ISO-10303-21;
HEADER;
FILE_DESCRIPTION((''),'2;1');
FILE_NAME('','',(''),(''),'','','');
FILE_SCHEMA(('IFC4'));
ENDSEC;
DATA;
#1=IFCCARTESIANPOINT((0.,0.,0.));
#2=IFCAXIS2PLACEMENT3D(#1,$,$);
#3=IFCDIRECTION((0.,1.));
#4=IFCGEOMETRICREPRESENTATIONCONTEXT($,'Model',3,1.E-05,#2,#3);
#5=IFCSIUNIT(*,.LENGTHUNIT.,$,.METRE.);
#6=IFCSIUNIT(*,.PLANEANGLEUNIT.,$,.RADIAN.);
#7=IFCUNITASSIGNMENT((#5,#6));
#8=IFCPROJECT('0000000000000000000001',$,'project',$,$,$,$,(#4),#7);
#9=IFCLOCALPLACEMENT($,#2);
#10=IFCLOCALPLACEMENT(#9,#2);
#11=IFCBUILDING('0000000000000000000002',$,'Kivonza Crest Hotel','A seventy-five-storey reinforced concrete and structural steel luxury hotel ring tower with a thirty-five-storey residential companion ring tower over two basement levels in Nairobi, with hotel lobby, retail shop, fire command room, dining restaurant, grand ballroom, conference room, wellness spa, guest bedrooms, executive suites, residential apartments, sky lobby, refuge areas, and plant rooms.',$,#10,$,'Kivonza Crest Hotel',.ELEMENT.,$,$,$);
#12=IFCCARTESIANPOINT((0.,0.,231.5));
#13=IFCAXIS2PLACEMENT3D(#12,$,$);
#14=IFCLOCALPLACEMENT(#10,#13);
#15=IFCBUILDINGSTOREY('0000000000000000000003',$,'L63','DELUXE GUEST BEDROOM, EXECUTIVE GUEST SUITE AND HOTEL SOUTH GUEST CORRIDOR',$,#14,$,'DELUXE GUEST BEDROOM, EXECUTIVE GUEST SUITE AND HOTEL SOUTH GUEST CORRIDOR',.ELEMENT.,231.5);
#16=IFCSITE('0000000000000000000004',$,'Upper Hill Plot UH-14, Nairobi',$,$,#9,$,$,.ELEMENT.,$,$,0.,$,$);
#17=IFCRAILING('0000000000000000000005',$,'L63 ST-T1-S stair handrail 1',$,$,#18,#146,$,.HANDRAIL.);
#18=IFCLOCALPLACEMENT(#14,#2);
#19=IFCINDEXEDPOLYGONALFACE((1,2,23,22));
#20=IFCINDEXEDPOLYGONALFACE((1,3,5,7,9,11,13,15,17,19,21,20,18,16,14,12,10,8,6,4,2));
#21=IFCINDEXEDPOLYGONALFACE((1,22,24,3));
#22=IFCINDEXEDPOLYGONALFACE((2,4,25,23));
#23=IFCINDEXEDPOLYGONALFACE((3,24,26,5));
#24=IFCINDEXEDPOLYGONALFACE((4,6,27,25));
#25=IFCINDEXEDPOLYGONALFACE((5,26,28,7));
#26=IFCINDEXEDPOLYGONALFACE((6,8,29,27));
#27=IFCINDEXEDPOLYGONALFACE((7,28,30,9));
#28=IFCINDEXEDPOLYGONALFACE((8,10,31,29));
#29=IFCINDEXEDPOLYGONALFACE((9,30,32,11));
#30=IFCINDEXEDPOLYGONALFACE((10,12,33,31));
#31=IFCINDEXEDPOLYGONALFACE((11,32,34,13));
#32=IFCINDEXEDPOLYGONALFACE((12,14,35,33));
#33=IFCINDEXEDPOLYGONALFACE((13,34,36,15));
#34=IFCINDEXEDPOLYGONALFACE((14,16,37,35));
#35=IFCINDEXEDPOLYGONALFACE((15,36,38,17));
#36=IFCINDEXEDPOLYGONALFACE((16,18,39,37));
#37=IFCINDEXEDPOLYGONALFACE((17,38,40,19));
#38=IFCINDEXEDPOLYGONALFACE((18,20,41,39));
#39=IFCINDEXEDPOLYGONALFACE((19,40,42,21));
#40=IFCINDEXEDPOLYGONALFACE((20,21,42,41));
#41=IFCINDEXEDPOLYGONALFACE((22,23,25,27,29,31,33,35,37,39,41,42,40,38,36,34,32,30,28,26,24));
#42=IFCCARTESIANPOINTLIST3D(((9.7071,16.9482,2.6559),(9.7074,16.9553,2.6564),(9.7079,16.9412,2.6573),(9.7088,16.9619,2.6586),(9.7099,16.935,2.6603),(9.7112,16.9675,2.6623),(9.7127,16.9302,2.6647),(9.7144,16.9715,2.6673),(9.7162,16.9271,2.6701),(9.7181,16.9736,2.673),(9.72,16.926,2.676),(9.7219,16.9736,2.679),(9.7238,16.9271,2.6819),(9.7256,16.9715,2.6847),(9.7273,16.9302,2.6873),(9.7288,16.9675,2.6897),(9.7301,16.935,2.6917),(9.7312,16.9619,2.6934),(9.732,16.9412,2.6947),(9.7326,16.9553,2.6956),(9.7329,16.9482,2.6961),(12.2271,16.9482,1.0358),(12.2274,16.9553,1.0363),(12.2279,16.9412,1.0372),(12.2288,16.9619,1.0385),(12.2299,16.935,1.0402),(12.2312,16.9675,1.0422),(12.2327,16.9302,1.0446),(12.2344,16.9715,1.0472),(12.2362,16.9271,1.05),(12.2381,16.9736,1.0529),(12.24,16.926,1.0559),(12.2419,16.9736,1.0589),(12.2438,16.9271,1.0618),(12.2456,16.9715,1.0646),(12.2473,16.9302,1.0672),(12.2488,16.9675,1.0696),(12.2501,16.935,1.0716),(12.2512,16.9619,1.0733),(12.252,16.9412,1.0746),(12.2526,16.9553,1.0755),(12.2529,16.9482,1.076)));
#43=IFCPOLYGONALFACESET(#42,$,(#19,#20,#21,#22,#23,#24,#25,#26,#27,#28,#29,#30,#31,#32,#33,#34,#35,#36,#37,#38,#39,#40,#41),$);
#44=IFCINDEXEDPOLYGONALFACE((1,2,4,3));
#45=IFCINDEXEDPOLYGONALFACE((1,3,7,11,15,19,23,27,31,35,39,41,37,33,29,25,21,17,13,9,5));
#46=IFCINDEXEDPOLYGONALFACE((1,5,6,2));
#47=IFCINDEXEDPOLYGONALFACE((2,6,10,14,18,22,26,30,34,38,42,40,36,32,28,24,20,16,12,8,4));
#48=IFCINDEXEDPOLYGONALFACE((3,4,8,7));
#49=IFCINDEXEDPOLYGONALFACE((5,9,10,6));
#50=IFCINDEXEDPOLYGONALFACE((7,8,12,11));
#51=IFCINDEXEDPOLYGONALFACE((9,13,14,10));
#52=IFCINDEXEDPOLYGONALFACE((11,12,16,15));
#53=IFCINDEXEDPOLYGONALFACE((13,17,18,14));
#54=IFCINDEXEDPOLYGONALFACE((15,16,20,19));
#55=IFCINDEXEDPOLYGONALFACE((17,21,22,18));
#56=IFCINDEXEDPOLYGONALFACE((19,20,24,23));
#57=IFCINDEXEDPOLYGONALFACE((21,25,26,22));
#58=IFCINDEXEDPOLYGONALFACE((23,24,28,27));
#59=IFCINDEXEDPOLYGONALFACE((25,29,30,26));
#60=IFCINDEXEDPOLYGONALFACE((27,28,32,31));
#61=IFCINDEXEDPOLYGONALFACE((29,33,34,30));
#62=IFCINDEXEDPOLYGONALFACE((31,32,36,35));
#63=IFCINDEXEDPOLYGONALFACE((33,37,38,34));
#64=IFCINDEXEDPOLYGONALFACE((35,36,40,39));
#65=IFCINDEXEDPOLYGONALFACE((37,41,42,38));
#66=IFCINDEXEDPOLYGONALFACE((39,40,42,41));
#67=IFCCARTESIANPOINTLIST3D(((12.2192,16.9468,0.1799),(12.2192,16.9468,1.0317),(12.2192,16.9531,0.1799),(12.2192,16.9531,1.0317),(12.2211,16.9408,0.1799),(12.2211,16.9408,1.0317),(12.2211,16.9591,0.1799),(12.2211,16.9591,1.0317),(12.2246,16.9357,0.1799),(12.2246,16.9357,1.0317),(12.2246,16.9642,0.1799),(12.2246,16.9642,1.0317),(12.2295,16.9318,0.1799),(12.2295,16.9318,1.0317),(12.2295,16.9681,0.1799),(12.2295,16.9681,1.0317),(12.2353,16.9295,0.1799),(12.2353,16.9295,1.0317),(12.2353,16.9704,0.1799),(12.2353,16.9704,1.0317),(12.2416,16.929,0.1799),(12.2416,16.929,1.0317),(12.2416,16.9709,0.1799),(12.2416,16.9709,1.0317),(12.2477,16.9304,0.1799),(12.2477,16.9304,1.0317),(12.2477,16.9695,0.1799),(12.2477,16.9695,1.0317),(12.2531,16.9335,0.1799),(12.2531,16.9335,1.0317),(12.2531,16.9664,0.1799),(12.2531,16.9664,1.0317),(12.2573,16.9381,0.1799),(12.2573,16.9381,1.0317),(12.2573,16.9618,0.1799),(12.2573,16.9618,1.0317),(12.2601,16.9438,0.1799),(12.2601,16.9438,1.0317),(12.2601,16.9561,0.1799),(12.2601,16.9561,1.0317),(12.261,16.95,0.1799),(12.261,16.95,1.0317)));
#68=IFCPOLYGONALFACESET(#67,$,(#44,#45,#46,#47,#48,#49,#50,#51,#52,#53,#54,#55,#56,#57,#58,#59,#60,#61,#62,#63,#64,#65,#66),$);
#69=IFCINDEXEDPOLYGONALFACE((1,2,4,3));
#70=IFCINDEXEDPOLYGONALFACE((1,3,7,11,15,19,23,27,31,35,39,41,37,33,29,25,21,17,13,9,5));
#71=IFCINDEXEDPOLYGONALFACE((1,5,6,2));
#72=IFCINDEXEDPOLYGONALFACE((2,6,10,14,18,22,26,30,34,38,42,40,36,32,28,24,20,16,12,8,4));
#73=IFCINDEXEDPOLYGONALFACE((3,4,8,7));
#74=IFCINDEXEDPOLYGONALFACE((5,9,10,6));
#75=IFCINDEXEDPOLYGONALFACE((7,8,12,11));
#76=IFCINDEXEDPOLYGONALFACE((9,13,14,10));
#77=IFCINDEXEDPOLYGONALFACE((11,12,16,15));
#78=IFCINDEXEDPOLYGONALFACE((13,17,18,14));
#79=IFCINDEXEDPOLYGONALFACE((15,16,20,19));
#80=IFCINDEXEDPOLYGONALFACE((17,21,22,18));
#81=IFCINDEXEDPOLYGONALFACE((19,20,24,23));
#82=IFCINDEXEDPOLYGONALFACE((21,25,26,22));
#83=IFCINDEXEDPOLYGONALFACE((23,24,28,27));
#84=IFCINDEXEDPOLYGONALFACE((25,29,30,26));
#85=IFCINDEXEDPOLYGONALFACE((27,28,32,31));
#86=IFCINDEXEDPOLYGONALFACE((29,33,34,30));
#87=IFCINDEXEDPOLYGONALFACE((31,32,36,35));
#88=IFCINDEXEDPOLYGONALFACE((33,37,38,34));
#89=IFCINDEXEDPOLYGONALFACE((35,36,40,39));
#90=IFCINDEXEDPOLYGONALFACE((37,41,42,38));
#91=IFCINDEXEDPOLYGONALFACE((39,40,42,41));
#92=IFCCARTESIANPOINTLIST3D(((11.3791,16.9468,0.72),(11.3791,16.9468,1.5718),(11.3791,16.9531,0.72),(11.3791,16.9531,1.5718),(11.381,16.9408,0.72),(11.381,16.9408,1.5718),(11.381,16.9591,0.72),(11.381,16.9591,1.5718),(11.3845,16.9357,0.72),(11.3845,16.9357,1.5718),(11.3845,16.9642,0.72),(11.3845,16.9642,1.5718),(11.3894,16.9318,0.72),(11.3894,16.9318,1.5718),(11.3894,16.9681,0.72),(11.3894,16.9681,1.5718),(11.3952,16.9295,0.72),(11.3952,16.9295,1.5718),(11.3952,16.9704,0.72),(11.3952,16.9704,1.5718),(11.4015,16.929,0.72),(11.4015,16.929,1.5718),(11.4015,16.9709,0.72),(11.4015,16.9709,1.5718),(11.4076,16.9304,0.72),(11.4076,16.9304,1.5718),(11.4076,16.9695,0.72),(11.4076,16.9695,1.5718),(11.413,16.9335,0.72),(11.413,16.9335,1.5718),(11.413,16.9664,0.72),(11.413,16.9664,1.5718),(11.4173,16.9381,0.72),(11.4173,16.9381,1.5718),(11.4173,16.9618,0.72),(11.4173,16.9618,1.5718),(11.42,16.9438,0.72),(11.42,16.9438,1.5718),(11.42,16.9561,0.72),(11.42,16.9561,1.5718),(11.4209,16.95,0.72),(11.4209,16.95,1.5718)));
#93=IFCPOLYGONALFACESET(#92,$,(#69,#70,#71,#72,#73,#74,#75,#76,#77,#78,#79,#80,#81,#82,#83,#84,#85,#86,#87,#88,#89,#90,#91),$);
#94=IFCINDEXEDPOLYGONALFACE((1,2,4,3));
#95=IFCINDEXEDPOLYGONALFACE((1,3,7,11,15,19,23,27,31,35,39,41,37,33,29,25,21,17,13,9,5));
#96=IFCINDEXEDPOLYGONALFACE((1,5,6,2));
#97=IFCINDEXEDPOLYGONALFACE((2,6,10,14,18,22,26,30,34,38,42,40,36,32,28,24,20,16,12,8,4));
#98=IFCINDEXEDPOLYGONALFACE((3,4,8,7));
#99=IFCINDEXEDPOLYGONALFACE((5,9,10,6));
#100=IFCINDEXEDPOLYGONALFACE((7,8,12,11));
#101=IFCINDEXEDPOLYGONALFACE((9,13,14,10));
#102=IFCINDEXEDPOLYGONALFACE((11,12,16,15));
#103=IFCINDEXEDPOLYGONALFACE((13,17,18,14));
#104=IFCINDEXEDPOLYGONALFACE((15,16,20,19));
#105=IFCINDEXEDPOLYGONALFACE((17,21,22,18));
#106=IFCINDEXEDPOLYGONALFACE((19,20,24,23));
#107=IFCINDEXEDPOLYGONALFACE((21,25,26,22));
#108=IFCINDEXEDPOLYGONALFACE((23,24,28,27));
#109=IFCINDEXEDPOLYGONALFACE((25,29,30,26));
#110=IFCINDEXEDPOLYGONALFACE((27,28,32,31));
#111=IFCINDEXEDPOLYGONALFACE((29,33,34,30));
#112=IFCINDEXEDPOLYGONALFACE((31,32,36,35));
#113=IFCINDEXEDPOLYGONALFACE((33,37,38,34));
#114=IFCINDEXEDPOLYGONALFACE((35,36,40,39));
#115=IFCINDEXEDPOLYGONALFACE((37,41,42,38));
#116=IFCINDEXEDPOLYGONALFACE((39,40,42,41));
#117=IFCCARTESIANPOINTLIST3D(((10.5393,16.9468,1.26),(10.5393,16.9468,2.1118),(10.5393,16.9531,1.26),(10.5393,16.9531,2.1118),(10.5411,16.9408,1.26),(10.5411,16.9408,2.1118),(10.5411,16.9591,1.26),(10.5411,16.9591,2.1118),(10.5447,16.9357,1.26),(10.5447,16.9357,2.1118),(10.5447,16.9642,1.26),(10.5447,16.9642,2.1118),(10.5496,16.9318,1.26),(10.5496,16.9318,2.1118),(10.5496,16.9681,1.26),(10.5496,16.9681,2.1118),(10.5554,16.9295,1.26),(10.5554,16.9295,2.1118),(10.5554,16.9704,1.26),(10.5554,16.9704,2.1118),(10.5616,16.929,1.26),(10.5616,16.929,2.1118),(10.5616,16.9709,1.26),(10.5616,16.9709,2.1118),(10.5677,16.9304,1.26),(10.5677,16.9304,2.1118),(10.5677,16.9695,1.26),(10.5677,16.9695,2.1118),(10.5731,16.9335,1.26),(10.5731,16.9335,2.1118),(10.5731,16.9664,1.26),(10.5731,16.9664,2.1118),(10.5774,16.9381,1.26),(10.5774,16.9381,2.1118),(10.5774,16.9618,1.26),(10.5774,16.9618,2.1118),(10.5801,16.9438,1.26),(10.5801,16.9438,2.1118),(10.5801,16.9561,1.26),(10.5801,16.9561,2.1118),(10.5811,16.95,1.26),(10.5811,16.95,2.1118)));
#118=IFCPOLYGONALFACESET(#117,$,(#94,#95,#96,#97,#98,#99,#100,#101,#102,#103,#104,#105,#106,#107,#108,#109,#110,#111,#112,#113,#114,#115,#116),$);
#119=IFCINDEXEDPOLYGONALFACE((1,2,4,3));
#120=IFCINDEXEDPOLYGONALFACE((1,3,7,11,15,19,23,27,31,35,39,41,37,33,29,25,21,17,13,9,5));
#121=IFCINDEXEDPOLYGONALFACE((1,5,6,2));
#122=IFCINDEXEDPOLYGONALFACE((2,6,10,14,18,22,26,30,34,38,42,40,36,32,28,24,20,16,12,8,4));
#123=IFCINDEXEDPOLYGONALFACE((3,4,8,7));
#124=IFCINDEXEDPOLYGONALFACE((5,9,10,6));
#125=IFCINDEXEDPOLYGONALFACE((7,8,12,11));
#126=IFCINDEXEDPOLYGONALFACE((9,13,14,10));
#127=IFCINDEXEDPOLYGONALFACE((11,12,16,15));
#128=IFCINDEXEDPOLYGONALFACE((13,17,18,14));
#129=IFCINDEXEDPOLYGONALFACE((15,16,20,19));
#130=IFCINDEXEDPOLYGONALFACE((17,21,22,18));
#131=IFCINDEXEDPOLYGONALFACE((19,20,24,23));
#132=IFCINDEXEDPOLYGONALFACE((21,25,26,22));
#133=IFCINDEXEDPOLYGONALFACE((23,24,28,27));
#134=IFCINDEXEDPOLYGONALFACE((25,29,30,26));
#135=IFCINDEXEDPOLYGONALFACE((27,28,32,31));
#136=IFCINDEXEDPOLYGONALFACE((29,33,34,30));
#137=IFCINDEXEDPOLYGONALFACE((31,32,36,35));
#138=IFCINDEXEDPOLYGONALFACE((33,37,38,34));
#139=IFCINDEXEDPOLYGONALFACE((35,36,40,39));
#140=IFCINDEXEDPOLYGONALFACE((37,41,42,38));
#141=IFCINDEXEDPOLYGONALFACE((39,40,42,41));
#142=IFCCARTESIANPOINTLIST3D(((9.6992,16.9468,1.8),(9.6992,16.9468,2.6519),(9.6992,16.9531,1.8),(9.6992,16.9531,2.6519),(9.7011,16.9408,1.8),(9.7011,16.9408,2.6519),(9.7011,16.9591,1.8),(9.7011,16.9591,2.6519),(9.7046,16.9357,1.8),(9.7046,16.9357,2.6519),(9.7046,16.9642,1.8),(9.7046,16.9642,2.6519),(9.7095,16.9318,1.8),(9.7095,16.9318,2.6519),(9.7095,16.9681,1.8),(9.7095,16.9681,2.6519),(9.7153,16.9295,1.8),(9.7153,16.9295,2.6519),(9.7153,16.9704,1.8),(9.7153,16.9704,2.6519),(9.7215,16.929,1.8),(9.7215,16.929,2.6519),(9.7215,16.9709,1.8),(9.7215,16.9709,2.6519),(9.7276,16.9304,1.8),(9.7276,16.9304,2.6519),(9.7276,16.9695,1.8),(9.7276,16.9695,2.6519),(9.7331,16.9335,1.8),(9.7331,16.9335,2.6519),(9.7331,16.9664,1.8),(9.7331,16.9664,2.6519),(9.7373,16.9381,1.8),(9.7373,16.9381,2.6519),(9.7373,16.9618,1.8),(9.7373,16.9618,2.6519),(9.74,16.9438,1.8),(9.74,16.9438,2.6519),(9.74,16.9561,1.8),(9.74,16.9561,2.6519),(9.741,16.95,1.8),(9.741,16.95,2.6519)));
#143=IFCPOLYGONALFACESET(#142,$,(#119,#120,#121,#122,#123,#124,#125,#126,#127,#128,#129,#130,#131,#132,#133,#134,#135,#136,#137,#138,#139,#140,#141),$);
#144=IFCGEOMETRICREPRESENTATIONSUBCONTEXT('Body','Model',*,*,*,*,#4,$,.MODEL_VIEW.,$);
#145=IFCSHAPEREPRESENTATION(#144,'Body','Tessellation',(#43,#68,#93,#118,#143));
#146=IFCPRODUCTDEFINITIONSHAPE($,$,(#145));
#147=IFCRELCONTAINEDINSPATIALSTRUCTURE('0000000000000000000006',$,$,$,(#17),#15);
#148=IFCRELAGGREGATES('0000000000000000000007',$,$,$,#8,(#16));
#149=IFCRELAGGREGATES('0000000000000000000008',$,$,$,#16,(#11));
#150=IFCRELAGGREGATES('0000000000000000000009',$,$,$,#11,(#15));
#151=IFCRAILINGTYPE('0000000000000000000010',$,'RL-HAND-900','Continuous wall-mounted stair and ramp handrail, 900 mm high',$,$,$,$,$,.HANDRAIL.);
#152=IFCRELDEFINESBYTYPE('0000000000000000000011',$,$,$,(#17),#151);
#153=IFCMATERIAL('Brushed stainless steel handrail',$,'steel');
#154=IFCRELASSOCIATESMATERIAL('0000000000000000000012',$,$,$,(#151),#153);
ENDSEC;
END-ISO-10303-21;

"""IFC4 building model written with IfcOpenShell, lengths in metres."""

from ifc_helpers import new_model, si_unit, direction, frame, origin, origin_2d, place, context, subcontext, project, spatial, circle, extrude, material, type_object, element, save


model = new_model("IFC4")

# Units and contexts
model_context = context("Model", 3, precision=1e-05, world=origin(), true_north=direction((0.0, 1.0)))
body_context = subcontext(model_context, "Body", "Model", "MODEL_VIEW")
ifc_project = project(units=[si_unit("LENGTHUNIT", "METRE"), si_unit("PLANEANGLEUNIT", "RADIAN")], contexts=[model_context])

# Site, building, storey
site_placement = place(None, origin())
site = spatial("IfcSite", under=ifc_project, at=site_placement, Name="Upper Hill Plot UH-14, Nairobi", CompositionType="ELEMENT", RefElevation=0.0)
building_placement = place(site_placement, origin())
building = spatial("IfcBuilding", under=site, at=building_placement, Name="Kivonza Crest Hotel", Description="A seventy-five-storey reinforced concrete and structural steel luxury hotel ring tower with a thirty-five-storey residential companion ring tower over two basement levels in Nairobi, with hotel lobby, retail shop, fire command room, dining restaurant, grand ballroom, conference room, wellness spa, guest bedrooms, executive suites, residential apartments, sky lobby, refuge areas, and plant rooms.", LongName="Kivonza Crest Hotel", CompositionType="ELEMENT")
storey_placement = place(building_placement, frame((0.0, 0.0, 231.5)))
storey = spatial("IfcBuildingStorey", under=building, at=storey_placement, Name="L63", Description="DELUXE GUEST BEDROOM, EXECUTIVE GUEST SUITE AND HOTEL SOUTH GUEST CORRIDOR", LongName="DELUXE GUEST BEDROOM, EXECUTIVE GUEST SUITE AND HOTEL SOUTH GUEST CORRIDOR", CompositionType="ELEMENT", Elevation=231.5)

# Railing
ifc_material_1 = material(Name="Brushed stainless steel handrail", Category="steel")
railing_type_1 = type_object("IfcRailingType", Name="RL-HAND-900", Description="Continuous wall-mounted stair and ramp handrail, 900 mm high", PredefinedType="HANDRAIL", material=ifc_material_1)
railing_1_placement = place(storey_placement, frame((12.24, 16.95, 0.1799)))
element("IfcRailing", 1, at=railing_1_placement, inside=storey, type_object=railing_type_1, Name="L63 ST-T1-S stair handrail 1", PredefinedType="HANDRAIL", context=body_context, shape_type="SweptSolid", body=[
    extrude(circle(Radius=0.0239, at=origin_2d()), frame((0.0, 0.0, 0.876), z_axis=(-0.841163, 0.0, 0.540782), x_axis=(0.0, -1.0, 0.0)), (0.0, 0.0, 1.0), 2.9958),
    extrude(circle(Radius=0.021, at=origin_2d()), origin(), (0.0, 0.0, 1.0), 0.8518),
    extrude(circle(Radius=0.021, at=origin_2d()), frame((-0.8401, 0.0, 0.54)), (0.0, 0.0, 1.0), 0.8518),
    extrude(circle(Radius=0.021, at=origin_2d()), frame((-1.6799, 0.0, 1.0801)), (0.0, 0.0, 1.0), 0.8518),
    extrude(circle(Radius=0.021, at=origin_2d()), frame((-2.52, 0.0, 1.6201)), (0.0, 0.0, 1.0), 0.8518),
])

save(model, "model.ifc")
